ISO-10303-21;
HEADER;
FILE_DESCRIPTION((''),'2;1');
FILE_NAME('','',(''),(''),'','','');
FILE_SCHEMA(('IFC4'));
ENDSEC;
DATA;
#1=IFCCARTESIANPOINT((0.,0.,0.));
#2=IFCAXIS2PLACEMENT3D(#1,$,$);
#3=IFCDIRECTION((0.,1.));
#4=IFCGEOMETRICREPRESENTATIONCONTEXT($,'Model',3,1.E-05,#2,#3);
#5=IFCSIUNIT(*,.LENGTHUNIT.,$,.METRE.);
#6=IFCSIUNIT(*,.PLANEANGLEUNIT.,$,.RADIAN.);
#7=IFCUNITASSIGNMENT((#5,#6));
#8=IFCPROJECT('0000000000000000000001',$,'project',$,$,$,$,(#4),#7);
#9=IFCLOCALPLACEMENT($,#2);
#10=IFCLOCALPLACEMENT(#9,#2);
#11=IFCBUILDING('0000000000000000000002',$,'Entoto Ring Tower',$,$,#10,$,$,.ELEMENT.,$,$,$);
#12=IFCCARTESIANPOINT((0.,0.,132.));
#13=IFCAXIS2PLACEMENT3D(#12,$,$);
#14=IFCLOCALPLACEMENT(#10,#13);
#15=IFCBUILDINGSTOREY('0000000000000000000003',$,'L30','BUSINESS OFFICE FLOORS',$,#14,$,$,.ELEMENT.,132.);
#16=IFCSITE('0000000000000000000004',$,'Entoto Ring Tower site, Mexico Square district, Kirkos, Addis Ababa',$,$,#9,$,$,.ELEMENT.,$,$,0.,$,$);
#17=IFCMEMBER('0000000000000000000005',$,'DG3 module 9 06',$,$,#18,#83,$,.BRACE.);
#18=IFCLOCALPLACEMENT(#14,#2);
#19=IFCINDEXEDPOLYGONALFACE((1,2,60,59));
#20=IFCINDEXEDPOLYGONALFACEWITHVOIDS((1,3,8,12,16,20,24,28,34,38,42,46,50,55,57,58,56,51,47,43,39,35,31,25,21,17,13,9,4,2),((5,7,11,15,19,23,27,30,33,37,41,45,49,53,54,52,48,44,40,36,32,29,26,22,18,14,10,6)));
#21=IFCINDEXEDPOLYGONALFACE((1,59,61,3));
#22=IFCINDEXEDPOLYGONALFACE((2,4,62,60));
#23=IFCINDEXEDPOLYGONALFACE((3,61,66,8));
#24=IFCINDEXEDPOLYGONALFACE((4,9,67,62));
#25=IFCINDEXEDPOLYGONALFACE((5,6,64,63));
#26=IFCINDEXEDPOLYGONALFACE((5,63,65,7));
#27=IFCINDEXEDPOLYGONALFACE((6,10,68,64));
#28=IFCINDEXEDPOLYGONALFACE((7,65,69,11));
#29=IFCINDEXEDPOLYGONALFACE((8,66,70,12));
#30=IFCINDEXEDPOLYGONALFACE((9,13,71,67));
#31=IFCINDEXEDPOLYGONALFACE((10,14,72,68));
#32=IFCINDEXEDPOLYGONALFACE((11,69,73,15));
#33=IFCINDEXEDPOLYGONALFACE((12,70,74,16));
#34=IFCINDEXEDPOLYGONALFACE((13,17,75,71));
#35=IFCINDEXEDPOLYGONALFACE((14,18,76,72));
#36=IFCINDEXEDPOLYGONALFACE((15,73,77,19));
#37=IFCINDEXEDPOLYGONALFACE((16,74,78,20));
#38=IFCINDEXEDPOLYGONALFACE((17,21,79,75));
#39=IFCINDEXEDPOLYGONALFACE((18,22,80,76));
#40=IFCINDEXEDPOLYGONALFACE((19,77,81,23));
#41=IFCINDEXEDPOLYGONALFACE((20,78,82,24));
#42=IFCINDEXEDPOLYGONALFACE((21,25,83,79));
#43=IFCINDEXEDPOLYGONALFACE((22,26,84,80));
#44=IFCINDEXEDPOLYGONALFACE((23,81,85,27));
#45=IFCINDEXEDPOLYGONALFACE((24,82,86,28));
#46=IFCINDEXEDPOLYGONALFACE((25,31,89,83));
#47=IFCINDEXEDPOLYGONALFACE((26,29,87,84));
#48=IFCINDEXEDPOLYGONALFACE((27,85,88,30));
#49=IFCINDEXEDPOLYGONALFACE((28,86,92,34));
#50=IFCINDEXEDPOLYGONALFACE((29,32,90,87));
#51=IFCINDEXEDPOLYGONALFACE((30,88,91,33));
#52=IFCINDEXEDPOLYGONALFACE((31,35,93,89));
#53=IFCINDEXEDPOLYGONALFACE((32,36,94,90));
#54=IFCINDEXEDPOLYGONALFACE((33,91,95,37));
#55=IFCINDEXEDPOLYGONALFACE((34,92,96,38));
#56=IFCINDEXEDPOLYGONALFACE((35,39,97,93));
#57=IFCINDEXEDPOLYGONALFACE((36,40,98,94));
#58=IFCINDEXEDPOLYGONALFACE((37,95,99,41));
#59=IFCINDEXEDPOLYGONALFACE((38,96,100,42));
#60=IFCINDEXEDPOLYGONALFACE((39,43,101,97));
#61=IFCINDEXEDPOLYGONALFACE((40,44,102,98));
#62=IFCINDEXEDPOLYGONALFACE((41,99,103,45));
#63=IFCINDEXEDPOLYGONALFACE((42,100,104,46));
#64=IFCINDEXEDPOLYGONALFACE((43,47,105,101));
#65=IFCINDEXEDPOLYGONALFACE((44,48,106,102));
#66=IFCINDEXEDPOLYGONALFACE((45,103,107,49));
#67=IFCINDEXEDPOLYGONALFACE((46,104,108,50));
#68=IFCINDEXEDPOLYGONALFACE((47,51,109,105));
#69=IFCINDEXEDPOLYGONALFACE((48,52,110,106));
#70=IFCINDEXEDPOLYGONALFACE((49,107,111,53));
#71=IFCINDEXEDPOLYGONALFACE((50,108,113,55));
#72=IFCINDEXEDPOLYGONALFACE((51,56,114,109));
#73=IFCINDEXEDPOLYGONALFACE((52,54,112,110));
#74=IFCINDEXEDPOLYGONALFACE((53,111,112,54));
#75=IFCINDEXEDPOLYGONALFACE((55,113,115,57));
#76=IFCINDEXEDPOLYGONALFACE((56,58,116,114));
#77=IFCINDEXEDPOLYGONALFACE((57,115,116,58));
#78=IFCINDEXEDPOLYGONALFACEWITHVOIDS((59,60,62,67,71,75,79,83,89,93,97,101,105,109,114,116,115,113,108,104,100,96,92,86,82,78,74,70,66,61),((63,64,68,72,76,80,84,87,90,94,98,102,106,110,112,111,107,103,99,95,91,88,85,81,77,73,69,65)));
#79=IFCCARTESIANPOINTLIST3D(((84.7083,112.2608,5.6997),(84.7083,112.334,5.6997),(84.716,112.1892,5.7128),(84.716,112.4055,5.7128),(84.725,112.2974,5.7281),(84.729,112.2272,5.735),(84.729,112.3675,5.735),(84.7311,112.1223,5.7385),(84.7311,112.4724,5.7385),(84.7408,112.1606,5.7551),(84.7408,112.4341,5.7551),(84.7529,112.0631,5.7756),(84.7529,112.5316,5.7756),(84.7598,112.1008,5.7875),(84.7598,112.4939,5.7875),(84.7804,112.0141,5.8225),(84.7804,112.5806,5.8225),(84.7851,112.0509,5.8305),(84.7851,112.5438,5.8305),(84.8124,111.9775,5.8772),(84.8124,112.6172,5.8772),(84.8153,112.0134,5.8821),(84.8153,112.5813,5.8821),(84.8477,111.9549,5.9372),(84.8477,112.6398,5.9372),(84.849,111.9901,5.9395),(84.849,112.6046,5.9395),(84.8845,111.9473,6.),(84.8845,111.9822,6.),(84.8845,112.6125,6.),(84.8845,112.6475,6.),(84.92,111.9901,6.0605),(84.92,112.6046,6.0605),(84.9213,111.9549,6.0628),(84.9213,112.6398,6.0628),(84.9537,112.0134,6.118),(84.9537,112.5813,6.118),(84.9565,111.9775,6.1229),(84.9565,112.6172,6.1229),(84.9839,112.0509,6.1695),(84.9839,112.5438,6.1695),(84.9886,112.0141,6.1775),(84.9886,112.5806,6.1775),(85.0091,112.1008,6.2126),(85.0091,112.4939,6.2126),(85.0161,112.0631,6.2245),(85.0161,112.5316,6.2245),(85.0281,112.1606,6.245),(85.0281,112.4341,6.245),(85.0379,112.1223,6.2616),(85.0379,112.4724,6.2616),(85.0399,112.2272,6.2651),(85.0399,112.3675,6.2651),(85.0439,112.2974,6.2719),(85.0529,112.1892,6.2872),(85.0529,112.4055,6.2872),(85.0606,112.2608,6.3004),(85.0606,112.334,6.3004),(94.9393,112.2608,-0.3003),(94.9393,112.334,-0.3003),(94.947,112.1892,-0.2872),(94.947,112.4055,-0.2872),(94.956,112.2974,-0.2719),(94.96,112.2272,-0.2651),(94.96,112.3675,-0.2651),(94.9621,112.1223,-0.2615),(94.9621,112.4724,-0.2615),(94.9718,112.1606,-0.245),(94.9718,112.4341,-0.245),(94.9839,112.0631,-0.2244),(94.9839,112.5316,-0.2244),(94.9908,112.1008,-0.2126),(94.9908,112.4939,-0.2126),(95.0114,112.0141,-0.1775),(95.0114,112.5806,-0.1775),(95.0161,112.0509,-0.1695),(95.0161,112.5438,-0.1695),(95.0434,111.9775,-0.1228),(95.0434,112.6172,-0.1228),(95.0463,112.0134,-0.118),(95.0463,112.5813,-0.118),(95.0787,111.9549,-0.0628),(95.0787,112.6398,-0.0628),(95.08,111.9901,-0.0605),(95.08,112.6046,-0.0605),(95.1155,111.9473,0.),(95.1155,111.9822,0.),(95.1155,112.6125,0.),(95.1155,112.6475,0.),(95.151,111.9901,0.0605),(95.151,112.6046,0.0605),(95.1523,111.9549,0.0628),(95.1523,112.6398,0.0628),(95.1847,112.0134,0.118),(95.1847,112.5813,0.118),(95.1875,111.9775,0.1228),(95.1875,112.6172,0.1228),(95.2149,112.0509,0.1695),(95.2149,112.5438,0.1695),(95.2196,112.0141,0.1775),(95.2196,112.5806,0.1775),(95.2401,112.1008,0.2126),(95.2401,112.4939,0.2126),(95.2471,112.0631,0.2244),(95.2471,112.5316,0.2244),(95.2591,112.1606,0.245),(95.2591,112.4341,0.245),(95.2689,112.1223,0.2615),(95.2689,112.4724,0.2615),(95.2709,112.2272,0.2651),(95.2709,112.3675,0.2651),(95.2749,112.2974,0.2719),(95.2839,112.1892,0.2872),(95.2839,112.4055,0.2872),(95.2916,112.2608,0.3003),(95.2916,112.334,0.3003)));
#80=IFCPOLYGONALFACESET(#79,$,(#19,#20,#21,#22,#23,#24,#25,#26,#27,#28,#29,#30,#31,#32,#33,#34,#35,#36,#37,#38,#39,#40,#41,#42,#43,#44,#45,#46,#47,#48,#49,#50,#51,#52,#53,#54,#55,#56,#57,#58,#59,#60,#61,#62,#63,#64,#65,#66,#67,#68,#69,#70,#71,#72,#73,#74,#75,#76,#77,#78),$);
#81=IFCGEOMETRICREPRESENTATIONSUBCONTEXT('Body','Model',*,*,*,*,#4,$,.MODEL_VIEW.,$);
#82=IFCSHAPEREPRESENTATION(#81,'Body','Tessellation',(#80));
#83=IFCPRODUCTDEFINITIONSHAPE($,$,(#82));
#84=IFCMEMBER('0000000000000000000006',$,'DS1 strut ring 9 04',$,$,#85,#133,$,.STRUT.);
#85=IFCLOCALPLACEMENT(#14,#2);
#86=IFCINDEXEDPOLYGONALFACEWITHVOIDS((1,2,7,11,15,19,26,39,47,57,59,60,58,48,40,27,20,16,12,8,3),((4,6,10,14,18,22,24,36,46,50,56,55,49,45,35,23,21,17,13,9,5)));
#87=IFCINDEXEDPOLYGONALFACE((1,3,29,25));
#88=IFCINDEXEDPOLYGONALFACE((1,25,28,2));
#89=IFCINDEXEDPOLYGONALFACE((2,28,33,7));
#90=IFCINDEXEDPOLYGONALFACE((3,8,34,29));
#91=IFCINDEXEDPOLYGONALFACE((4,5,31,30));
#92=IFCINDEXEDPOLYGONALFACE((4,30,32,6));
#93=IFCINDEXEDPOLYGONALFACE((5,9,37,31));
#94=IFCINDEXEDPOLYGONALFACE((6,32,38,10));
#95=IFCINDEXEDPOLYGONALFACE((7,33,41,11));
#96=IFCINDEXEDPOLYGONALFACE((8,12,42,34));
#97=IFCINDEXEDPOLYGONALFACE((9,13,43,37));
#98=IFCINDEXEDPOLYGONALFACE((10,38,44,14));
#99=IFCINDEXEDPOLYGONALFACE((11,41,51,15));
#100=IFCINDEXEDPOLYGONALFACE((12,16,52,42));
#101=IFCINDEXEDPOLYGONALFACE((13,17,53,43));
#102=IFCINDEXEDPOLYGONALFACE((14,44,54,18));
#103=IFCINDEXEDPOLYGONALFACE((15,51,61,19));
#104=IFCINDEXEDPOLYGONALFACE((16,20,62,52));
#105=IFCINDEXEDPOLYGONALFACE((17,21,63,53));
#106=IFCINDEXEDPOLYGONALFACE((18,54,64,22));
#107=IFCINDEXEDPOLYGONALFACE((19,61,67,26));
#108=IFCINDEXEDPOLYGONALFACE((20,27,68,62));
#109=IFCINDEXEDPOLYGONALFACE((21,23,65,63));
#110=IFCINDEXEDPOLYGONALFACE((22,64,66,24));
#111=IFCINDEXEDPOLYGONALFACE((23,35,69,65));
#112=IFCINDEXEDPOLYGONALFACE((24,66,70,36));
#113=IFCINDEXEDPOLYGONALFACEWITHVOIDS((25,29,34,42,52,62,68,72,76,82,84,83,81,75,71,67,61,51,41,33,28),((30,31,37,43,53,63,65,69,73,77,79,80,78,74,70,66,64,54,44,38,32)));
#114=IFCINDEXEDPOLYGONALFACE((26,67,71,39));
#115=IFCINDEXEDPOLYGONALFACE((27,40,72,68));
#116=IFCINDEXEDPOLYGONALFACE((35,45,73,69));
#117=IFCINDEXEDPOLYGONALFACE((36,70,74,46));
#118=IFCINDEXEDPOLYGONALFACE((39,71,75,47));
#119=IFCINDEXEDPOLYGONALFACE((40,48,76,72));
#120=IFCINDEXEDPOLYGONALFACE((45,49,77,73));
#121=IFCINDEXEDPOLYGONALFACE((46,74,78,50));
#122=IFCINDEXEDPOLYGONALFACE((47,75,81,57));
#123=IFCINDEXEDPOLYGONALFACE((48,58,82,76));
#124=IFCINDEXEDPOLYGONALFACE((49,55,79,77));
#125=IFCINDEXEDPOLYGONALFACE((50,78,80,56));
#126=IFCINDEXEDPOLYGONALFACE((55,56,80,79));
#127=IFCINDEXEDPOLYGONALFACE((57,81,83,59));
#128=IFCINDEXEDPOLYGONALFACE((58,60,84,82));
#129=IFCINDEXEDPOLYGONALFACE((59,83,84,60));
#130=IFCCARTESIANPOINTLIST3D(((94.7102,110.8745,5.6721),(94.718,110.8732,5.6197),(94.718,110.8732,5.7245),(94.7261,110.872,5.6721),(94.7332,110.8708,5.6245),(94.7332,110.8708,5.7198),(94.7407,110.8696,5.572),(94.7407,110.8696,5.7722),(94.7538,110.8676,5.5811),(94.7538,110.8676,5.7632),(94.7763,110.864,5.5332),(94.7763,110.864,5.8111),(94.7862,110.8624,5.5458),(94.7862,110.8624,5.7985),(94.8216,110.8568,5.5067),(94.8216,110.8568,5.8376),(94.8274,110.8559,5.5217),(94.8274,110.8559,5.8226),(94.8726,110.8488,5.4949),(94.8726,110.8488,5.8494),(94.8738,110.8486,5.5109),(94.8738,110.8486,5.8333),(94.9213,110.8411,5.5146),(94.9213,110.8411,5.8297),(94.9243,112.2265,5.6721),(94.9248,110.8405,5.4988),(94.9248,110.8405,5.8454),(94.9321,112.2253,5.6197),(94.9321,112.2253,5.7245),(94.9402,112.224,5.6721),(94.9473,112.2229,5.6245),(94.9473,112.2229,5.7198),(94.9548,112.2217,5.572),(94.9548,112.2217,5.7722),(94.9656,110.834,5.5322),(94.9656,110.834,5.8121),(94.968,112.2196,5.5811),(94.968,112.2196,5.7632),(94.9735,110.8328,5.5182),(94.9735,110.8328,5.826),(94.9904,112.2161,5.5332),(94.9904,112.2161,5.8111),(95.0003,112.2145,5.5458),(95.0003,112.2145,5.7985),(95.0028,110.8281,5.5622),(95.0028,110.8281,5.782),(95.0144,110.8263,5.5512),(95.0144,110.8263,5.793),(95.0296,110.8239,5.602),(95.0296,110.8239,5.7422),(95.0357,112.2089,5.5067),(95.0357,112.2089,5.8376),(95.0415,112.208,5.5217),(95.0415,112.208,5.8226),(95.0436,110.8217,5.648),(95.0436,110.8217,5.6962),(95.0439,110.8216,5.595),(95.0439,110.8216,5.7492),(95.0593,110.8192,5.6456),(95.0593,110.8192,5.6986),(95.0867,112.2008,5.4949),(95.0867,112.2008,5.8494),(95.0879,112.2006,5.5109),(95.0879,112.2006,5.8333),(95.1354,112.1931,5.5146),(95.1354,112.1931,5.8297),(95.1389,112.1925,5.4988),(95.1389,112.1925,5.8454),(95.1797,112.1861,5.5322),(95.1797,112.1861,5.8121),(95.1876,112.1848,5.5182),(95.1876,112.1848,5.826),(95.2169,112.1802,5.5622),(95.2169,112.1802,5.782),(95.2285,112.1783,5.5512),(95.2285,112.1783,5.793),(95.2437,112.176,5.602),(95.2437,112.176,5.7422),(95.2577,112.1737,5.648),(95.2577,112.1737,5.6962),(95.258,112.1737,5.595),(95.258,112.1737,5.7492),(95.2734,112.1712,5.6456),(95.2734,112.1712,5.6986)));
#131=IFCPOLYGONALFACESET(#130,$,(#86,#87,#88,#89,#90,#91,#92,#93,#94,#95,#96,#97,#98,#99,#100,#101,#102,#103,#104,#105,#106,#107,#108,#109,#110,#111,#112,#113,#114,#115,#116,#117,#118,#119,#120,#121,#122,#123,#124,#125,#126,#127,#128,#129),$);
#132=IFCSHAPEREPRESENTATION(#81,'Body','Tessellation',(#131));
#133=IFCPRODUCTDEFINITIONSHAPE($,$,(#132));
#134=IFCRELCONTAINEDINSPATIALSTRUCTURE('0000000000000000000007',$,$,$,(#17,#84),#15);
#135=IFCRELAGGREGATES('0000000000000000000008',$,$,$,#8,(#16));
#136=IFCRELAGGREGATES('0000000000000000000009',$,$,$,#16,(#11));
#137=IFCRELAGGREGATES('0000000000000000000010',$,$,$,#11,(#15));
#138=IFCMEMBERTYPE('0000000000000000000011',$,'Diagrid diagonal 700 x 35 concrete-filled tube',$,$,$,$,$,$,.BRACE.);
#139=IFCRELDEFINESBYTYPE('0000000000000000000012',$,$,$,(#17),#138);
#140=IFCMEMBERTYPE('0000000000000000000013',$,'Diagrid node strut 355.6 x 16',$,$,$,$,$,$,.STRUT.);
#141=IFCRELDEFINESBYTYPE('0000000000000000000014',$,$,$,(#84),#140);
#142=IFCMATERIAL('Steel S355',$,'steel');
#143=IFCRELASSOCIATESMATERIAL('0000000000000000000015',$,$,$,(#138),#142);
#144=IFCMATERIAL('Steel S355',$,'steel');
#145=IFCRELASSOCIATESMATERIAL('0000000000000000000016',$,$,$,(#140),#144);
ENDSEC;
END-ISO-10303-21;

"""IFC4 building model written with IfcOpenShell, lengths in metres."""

from ifc_helpers import new_model, si_unit, direction, frame, origin, origin_2d, place, context, subcontext, project, spatial, circle, hollow_circle, extrude, material, material_profile, profile_set, type_object, element, save


model = new_model("IFC4")

# Units and contexts
model_context = context("Model", 3, precision=1e-05, world=origin(), true_north=direction((0.0, 1.0)))
body_context = subcontext(model_context, "Body", "Model", "MODEL_VIEW")
ifc_project = project(units=[si_unit("LENGTHUNIT", "METRE"), si_unit("PLANEANGLEUNIT", "RADIAN")], contexts=[model_context])

# Site, building, storey
site_placement = place(None, origin())
site = spatial("IfcSite", under=ifc_project, at=site_placement, Name="Entoto Ring Tower site, Mexico Square district, Kirkos, Addis Ababa", CompositionType="ELEMENT", RefElevation=0.0)
building_placement = place(site_placement, origin())
building = spatial("IfcBuilding", under=site, at=building_placement, Name="Entoto Ring Tower", CompositionType="ELEMENT")
storey_placement = place(building_placement, frame((0.0, 0.0, 132.0)))
storey = spatial("IfcBuildingStorey", under=building, at=storey_placement, Name="L30", Description="BUSINESS OFFICE FLOORS", CompositionType="ELEMENT", Elevation=132.0)

# Members
ifc_material_1 = material(Name="Steel S355", Category="steel")
ifc_material_profile_1 = material_profile(ifc_material_1, hollow_circle(Radius=0.3501, WallThickness=0.0349, at=origin_2d()), Name="CHS 700 x 35")
ifc_material_2 = material(Name="Concrete C60/75", Category="concrete")
ifc_material_profile_2 = material_profile(ifc_material_2, circle(Radius=0.3149, at=origin_2d()), Name="Concrete C60/75 infill")
ifc_profile_set_1 = profile_set([ifc_material_profile_1, ifc_material_profile_2], Name="Steel S355")
member_type_1 = type_object("IfcMemberType", Name="Diagrid diagonal 700 x 35 concrete-filled tube", PredefinedType="BRACE", material=ifc_profile_set_1)
member_1_placement = place(storey_placement, frame((95.1155, 112.2974, 0.0), z_axis=(-0.862604, 0.0, 0.505879), x_axis=(0.0, -1.0, 0.0)))
element("IfcMember", 1, at=member_1_placement, inside=storey, type_object=member_type_1, Name="DG3 module 9 06", PredefinedType="BRACE", context=body_context, shape_type="SweptSolid", body=[
    extrude(hollow_circle(Radius=0.3501, WallThickness=0.0349, at=origin_2d()), origin(), (0.0, 0.0, 1.0), 11.8606),
])
ifc_material_3 = material(Name="Steel S355", Category="steel")
ifc_material_profile_3 = material_profile(ifc_material_3, hollow_circle(Radius=0.1777, WallThickness=0.0161, at=origin_2d()), Name="CHS 355.6 x 16")
ifc_material_4 = material(Name="Concrete C60/75", Category="concrete")
ifc_material_profile_4 = material_profile(ifc_material_4, circle(Radius=0.1619, at=origin_2d()), Name="Concrete C60/75 infill")
ifc_profile_set_2 = profile_set([ifc_material_profile_3, ifc_material_profile_4], Name="Steel S355")
member_type_2 = type_object("IfcMemberType", Name="Diagrid node strut 355.6 x 16", PredefinedType="STRUT", material=ifc_profile_set_2)
member_2_placement = place(storey_placement, frame((94.8857, 110.8467, 5.6721), z_axis=(0.156411, 0.987692, 0.0), x_axis=(-0.987692, 0.156411, 0.0)))
element("IfcMember", 2, at=member_2_placement, inside=storey, type_object=member_type_2, Name="DS1 strut ring 9 04", PredefinedType="STRUT", context=body_context, shape_type="SweptSolid", body=[
    extrude(hollow_circle(Radius=0.1777, WallThickness=0.0161, at=origin_2d()), origin(), (0.0, 0.0, 1.0), 1.3689),
])

save(model, "model.ifc")
